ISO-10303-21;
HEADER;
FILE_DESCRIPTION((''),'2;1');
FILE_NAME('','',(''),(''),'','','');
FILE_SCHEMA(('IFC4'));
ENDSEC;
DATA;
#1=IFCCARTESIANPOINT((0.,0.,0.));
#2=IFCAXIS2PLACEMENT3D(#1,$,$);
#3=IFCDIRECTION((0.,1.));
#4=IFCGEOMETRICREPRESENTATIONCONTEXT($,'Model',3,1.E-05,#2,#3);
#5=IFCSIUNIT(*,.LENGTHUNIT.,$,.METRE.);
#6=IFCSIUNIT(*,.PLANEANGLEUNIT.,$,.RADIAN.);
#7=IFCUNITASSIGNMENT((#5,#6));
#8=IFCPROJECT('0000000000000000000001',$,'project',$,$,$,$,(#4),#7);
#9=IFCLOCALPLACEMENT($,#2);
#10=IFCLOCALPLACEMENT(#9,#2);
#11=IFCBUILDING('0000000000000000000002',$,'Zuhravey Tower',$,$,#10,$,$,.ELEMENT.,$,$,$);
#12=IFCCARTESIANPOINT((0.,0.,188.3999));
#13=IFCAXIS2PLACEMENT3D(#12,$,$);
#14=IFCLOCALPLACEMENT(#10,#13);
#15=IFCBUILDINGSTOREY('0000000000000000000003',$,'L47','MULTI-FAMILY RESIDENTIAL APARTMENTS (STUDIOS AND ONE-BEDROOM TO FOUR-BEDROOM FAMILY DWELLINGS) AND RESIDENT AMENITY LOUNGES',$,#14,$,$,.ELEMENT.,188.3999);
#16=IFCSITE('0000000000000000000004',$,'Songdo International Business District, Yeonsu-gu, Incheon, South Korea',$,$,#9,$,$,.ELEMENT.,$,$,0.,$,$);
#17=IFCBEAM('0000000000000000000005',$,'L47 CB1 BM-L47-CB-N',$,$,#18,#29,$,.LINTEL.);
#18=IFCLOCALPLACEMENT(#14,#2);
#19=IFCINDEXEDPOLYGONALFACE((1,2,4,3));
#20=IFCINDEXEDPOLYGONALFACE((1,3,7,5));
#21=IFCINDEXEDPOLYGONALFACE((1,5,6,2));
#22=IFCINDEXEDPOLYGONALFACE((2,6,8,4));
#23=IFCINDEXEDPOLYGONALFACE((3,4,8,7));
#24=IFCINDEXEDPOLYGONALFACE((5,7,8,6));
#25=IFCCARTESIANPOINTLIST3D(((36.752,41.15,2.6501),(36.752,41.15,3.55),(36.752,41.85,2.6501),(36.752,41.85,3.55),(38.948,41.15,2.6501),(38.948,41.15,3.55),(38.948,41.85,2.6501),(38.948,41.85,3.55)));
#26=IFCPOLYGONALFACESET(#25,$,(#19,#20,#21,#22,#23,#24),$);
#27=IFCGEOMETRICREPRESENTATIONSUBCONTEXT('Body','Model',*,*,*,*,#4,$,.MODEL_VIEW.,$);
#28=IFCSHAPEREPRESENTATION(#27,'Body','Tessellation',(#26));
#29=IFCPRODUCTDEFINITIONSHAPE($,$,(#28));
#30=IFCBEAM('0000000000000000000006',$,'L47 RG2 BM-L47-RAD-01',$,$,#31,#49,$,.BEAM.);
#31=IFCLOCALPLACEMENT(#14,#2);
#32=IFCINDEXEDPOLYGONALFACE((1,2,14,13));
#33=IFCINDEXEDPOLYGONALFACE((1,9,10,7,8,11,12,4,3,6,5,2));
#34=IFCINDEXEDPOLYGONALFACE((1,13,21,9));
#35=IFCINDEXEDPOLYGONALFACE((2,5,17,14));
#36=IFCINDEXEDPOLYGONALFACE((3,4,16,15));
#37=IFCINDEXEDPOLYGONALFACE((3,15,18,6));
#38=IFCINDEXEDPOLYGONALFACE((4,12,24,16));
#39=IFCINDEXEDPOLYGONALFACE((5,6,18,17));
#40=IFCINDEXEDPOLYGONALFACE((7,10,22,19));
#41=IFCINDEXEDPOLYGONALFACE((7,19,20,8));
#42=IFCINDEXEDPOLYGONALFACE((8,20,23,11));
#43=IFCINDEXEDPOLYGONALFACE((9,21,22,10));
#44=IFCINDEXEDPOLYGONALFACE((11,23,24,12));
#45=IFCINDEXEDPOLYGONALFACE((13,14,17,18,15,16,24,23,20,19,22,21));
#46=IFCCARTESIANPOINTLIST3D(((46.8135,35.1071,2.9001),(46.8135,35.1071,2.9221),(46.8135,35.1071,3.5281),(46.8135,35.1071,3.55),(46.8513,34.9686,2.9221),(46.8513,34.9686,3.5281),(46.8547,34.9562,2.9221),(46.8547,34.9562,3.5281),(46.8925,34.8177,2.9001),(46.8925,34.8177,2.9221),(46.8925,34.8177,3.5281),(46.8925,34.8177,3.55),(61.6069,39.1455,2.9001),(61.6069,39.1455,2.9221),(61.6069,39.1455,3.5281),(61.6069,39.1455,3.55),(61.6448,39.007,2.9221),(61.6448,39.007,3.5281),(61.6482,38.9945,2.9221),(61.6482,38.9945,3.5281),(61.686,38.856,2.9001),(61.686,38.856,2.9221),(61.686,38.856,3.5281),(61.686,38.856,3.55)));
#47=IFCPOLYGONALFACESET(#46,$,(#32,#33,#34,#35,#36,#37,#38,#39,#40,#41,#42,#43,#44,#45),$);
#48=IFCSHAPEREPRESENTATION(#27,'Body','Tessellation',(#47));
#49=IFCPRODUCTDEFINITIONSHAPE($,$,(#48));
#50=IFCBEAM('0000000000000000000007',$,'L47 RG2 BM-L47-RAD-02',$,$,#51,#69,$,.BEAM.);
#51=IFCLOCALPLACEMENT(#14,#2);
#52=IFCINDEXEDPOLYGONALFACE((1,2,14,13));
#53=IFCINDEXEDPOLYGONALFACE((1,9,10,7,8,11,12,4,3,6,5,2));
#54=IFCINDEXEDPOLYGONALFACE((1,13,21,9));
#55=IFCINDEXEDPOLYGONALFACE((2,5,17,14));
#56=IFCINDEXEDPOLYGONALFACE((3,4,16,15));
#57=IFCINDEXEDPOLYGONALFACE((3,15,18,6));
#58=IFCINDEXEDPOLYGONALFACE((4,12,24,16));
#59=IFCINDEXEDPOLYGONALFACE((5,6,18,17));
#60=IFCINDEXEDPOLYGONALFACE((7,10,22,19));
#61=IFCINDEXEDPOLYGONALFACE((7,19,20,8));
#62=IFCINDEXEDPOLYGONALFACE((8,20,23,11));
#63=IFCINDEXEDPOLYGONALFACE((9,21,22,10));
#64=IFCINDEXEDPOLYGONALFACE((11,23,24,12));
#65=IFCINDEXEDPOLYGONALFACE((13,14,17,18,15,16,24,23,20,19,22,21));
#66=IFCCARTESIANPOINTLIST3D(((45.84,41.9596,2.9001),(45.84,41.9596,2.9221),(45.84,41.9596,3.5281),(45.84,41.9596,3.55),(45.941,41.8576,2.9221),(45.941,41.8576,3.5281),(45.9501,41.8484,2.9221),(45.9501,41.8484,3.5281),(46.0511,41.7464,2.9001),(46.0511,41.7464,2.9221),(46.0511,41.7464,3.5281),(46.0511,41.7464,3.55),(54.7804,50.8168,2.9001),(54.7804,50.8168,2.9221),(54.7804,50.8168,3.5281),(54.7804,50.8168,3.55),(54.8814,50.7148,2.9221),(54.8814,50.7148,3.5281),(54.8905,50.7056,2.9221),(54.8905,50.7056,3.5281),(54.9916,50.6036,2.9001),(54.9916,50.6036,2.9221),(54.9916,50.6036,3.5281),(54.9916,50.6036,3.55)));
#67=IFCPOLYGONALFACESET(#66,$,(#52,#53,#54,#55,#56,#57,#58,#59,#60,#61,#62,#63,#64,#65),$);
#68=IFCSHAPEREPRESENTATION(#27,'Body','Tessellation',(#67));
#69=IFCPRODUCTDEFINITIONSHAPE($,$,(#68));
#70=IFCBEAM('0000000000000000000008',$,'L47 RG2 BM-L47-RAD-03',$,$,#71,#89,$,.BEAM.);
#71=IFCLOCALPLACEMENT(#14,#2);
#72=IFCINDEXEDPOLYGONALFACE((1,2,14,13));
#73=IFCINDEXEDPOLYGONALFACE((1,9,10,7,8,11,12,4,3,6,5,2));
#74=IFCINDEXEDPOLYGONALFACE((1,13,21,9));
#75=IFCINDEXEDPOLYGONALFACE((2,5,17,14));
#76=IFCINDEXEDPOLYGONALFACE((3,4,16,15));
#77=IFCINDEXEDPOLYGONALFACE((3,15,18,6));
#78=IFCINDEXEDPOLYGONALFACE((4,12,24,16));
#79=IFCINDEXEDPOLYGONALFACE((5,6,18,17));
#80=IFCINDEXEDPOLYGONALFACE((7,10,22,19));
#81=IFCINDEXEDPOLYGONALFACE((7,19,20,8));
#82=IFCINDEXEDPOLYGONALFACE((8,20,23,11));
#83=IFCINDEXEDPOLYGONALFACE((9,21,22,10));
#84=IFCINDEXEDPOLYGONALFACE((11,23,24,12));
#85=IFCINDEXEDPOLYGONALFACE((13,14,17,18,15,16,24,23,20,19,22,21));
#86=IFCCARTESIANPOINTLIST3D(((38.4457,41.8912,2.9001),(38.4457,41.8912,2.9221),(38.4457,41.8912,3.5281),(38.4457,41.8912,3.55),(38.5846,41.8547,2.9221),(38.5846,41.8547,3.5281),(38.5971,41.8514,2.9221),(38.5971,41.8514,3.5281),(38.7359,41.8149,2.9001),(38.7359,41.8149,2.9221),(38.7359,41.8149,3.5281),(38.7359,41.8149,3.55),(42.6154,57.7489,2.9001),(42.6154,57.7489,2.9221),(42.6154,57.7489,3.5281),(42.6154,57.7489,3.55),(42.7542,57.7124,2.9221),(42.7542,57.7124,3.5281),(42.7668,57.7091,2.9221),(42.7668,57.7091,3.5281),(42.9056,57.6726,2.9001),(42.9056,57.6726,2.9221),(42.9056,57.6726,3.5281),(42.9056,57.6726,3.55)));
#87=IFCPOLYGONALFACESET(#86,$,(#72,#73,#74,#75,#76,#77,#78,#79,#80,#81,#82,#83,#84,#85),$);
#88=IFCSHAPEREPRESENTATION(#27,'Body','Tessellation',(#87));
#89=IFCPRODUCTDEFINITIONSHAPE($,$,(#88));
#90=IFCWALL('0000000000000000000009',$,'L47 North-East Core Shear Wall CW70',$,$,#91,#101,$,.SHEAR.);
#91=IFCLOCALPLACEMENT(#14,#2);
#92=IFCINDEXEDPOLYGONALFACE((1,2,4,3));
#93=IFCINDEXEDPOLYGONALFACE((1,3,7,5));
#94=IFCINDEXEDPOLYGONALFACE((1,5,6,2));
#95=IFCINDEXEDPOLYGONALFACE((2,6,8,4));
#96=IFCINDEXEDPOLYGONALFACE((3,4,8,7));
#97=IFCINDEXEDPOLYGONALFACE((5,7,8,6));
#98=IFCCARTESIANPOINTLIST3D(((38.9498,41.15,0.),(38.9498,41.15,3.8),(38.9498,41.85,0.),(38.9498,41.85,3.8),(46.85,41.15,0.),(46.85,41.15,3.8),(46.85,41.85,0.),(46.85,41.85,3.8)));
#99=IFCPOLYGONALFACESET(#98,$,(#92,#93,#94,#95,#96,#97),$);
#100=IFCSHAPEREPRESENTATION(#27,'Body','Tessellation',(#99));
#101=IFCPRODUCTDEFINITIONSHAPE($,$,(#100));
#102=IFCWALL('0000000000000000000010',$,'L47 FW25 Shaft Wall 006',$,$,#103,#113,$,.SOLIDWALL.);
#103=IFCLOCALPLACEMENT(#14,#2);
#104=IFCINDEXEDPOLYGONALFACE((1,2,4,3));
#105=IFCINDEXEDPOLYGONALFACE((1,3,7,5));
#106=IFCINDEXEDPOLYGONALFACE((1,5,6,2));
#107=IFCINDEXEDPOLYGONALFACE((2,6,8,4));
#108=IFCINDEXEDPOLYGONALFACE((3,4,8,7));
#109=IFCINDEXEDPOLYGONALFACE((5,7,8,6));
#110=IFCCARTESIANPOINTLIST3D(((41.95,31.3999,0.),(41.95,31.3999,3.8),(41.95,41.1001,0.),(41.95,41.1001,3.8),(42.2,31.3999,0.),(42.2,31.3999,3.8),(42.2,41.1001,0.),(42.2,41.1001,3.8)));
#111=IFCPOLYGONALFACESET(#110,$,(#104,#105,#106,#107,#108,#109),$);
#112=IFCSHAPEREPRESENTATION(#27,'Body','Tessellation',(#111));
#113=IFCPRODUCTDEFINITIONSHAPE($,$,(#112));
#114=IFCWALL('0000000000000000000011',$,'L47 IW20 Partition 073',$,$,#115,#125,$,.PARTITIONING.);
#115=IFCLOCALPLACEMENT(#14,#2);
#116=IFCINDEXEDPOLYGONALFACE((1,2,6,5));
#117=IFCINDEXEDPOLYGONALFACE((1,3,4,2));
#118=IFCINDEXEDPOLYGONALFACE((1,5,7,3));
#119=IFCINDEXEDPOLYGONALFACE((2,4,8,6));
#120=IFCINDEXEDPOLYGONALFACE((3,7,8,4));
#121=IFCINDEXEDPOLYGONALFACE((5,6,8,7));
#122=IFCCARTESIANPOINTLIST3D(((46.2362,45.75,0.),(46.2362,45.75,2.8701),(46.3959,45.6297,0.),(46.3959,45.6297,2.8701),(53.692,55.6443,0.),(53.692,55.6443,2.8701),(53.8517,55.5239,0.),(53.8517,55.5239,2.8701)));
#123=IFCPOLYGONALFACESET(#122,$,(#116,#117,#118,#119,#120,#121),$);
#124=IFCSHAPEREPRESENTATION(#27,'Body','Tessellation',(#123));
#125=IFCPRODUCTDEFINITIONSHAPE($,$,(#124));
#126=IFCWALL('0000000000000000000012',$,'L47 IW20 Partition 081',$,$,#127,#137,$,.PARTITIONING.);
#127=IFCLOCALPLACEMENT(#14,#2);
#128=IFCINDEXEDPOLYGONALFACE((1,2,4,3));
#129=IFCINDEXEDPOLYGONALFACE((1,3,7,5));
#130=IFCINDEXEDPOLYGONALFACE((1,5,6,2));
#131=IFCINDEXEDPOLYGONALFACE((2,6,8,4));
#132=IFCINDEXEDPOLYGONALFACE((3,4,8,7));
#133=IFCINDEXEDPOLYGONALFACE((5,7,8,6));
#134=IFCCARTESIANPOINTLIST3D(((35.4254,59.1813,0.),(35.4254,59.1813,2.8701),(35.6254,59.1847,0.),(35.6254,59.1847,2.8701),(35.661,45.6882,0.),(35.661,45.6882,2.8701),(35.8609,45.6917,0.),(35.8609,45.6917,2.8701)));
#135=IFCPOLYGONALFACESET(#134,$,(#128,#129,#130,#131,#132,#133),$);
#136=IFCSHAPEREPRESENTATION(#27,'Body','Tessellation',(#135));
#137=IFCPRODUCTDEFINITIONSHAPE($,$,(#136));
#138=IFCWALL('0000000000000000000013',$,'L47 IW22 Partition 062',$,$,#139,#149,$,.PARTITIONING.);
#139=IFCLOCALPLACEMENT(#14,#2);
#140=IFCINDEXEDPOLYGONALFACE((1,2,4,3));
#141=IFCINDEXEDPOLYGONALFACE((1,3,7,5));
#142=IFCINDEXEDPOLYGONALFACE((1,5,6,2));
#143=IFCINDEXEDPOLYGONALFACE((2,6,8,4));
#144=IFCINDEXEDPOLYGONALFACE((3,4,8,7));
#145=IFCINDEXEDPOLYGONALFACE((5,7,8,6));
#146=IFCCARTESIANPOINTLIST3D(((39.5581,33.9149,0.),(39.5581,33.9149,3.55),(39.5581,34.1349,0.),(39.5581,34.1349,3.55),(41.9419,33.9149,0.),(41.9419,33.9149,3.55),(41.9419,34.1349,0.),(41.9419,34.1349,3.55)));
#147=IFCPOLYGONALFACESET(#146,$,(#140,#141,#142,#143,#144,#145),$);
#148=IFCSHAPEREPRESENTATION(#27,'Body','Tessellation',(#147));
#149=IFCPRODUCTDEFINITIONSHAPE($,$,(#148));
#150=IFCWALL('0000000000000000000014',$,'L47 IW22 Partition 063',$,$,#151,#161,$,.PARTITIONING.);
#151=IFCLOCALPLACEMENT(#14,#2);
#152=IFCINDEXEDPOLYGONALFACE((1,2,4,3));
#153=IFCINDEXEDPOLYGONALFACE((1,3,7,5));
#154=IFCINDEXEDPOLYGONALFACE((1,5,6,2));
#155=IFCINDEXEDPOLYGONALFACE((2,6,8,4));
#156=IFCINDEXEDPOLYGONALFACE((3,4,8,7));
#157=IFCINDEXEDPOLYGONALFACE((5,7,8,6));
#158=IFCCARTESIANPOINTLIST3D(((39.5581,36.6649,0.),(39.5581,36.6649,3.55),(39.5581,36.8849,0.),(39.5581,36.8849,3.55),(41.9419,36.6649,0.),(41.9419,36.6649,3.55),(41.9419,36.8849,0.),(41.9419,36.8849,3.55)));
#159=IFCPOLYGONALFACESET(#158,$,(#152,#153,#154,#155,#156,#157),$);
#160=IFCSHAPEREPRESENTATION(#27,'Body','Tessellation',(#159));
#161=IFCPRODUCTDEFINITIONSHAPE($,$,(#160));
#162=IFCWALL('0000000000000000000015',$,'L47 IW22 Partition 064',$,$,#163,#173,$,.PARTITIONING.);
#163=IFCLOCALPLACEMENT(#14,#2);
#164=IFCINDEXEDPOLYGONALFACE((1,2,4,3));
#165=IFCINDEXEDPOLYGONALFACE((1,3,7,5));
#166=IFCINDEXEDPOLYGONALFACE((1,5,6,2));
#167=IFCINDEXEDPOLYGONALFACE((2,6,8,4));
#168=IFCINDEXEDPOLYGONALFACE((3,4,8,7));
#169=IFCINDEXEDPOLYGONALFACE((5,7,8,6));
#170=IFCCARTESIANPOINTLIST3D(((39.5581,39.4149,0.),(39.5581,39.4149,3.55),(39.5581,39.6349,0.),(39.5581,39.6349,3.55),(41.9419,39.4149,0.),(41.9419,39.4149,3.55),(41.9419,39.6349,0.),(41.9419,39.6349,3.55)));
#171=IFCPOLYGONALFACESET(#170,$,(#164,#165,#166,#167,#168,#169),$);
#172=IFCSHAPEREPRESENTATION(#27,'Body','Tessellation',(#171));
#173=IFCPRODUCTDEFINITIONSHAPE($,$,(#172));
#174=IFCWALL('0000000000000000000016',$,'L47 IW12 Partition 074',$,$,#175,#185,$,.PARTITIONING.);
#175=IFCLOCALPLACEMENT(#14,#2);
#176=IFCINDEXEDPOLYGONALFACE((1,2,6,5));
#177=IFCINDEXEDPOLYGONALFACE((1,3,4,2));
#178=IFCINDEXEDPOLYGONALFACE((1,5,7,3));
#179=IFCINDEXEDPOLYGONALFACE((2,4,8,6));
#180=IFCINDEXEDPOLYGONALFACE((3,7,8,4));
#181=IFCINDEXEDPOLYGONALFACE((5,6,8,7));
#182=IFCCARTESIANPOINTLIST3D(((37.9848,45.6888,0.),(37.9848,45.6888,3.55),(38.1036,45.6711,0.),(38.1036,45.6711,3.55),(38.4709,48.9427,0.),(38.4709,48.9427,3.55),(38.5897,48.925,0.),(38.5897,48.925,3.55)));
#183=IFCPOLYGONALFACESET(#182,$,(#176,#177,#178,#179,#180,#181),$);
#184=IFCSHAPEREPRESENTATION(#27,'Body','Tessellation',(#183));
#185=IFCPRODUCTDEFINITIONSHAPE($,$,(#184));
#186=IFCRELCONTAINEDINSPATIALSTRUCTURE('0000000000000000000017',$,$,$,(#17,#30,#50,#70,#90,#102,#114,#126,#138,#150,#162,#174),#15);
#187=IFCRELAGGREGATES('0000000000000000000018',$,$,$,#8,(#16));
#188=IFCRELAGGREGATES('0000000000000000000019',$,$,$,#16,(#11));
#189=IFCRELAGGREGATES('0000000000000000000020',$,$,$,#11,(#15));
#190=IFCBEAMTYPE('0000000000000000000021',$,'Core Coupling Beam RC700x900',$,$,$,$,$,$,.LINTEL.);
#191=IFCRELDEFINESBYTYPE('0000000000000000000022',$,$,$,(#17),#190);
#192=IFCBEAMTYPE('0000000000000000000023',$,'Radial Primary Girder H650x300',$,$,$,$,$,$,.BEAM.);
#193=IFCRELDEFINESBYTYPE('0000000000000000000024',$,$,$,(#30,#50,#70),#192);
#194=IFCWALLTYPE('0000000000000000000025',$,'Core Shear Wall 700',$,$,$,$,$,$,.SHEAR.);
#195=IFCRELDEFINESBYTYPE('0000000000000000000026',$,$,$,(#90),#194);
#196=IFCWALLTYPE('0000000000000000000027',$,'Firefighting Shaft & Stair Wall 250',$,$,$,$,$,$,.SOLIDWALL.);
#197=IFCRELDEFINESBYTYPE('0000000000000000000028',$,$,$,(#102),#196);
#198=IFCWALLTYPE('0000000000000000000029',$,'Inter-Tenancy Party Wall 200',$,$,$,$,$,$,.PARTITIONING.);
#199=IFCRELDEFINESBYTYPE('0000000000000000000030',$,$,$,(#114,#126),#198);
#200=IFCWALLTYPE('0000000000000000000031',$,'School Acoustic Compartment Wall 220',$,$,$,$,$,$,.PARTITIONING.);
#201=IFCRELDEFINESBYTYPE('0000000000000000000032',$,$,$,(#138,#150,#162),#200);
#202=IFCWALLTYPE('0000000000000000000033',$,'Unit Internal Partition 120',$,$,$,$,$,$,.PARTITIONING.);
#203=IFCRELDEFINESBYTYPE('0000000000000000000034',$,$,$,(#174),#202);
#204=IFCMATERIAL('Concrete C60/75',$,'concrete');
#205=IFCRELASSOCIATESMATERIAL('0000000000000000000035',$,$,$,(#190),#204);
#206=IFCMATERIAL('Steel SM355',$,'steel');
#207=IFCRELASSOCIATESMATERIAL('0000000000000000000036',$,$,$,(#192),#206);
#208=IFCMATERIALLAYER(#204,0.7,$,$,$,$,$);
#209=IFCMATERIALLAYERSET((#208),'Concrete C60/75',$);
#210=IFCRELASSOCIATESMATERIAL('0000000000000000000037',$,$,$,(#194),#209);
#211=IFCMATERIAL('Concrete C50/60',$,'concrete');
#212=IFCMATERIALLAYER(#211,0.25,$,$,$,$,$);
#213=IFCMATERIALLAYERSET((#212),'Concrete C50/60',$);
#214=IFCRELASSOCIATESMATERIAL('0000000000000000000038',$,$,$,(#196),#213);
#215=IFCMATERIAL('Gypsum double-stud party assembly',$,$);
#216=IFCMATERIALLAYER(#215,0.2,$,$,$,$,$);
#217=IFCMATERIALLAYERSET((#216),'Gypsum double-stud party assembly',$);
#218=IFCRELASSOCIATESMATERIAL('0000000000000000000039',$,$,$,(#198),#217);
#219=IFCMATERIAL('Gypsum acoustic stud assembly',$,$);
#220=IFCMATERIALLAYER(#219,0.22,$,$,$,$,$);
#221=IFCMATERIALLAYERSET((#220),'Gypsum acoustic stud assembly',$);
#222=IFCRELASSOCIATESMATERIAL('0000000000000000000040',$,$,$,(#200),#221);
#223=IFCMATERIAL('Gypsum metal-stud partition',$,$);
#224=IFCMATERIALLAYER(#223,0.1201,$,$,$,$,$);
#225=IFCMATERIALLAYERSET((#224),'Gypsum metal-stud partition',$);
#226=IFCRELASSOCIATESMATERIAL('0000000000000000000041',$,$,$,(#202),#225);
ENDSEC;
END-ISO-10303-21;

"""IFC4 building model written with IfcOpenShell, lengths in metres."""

from ifc_helpers import new_model, si_unit, direction, frame, frame_2d, origin, origin_2d, place, context, subcontext, project, spatial, rectangle, i_section, extrude, material, layer, layer_set, material_profile, profile_set, type_object, element, save


model = new_model("IFC4")

# Units and contexts
model_context = context("Model", 3, precision=1e-05, world=origin(), true_north=direction((0.0, 1.0)))
body_context = subcontext(model_context, "Body", "Model", "MODEL_VIEW")
ifc_project = project(units=[si_unit("LENGTHUNIT", "METRE"), si_unit("PLANEANGLEUNIT", "RADIAN")], contexts=[model_context])

# Site, building, storey
site_placement = place(None, origin())
site = spatial("IfcSite", under=ifc_project, at=site_placement, Name="Songdo International Business District, Yeonsu-gu, Incheon, South Korea", CompositionType="ELEMENT", RefElevation=0.0)
building_placement = place(site_placement, origin())
building = spatial("IfcBuilding", under=site, at=building_placement, Name="Zuhravey Tower", CompositionType="ELEMENT")
storey_placement = place(building_placement, frame((0.0, 0.0, 188.3999)))
storey = spatial("IfcBuildingStorey", under=building, at=storey_placement, Name="L47", Description="MULTI-FAMILY RESIDENTIAL APARTMENTS (STUDIOS AND ONE-BEDROOM TO FOUR-BEDROOM FAMILY DWELLINGS) AND RESIDENT AMENITY LOUNGES", CompositionType="ELEMENT", Elevation=188.3999)

# Beams
ifc_material_1 = material(Name="Concrete C60/75", Category="concrete")
ifc_material_profile_1 = material_profile(ifc_material_1, rectangle(XDim=0.7, YDim=0.8999, at=origin_2d()), Name="RC-700x900")
ifc_profile_set_1 = profile_set([ifc_material_profile_1], Name="Concrete C60/75")
beam_type_1 = type_object("IfcBeamType", Name="Core Coupling Beam RC700x900", PredefinedType="LINTEL", material=ifc_profile_set_1)
beam_1_placement = place(storey_placement, frame((36.752, 41.5, 3.1001), z_axis=(1.0, 0.0, 0.0), x_axis=(0.0, 1.0, 0.0)))
element("IfcBeam", 1, at=beam_1_placement, inside=storey, type_object=beam_type_1, Name="L47 CB1 BM-L47-CB-N", PredefinedType="LINTEL", context=body_context, shape_type="SweptSolid", body=[
    extrude(rectangle(XDim=0.7, YDim=0.8999, at=origin_2d()), origin(), (0.0, 0.0, 1.0), 2.196),
])
ifc_material_2 = material(Name="Steel SM355", Category="steel")
ifc_material_profile_2 = material_profile(ifc_material_2, i_section(OverallWidth=0.3, OverallDepth=0.6499, WebThickness=0.0129, FlangeThickness=0.022, at=origin_2d()), Name="H-650x300x13x22")
ifc_profile_set_2 = profile_set([ifc_material_profile_2], Name="Steel SM355")
beam_type_2 = type_object("IfcBeamType", Name="Radial Primary Girder H650x300", PredefinedType="BEAM", material=ifc_profile_set_2)
beam_2_placement = place(storey_placement, frame((46.853, 34.9624, 3.2251), z_axis=(0.964702, 0.263345, 0.0), x_axis=(-0.263345, 0.964702, 0.0)))
element("IfcBeam", 2, at=beam_2_placement, inside=storey, type_object=beam_type_2, Name="L47 RG2 BM-L47-RAD-01", PredefinedType="BEAM", context=body_context, shape_type="SweptSolid", body=[
    extrude(i_section(OverallWidth=0.3, OverallDepth=0.6499, WebThickness=0.0129, FlangeThickness=0.022, at=origin_2d()), origin(), (0.0, 0.0, 1.0), 15.3347),
])
beam_3_placement = place(storey_placement, frame((45.9456, 41.853, 3.2251), z_axis=(0.710407, 0.703791, 0.0), x_axis=(-0.703791, 0.710407, 0.0)))
element("IfcBeam", 3, at=beam_3_placement, inside=storey, type_object=beam_type_2, Name="L47 RG2 BM-L47-RAD-02", PredefinedType="BEAM", context=body_context, shape_type="SweptSolid", body=[
    extrude(i_section(OverallWidth=0.3, OverallDepth=0.6499, WebThickness=0.0129, FlangeThickness=0.022, at=origin_2d()), origin(), (0.0, 0.0, 1.0), 12.585),
])
beam_4_placement = place(storey_placement, frame((38.5908, 41.853, 3.2251), z_axis=(0.2543, 0.967125, 0.0), x_axis=(-0.967125, 0.2543, 0.0)))
element("IfcBeam", 4, at=beam_4_placement, inside=storey, type_object=beam_type_2, Name="L47 RG2 BM-L47-RAD-03", PredefinedType="BEAM", context=body_context, shape_type="SweptSolid", body=[
    extrude(i_section(OverallWidth=0.3, OverallDepth=0.6499, WebThickness=0.0129, FlangeThickness=0.022, at=origin_2d()), origin(), (0.0, 0.0, 1.0), 16.3967),
])

# Wall
ifc_layer_1 = layer(ifc_material_1, 0.7)
ifc_layer_set_1 = layer_set([ifc_layer_1], Name="Concrete C60/75")
wall_type_1 = type_object("IfcWallType", Name="Core Shear Wall 700", PredefinedType="SHEAR", material=ifc_layer_set_1)
wall_1_placement = place(storey_placement, frame((46.8501, 41.5, 0.0), z_axis=(0.0, 0.0, 1.0), x_axis=(-1.0, 0.0, 0.0)))
element("IfcWall", 5, at=wall_1_placement, inside=storey, type_object=wall_type_1, Name="L47 North-East Core Shear Wall CW70", PredefinedType="SHEAR", context=body_context, shape_type="SweptSolid", body=[
    extrude(rectangle(XDim=7.9001, YDim=0.7, at=frame_2d((3.9502, 0.0))), origin(), (0.0, 0.0, 1.0), 3.8),
])

# Shared definitions
ifc_material_3 = material(Name="Concrete C50/60", Category="concrete")
ifc_layer_2 = layer(ifc_material_3, 0.25)
ifc_layer_set_2 = layer_set([ifc_layer_2], Name="Concrete C50/60")
wall_type_2 = type_object("IfcWallType", Name="Firefighting Shaft & Stair Wall 250", PredefinedType="SOLIDWALL", material=ifc_layer_set_2)

# Walls
wall_2_placement = place(storey_placement, frame((42.075, 31.3999, 0.0), z_axis=(0.0, 0.0, 1.0), x_axis=(0.0, 1.0, 0.0)))
element("IfcWall", 6, at=wall_2_placement, inside=storey, type_object=wall_type_2, Name="L47 FW25 Shaft Wall 006", PredefinedType="SOLIDWALL", context=body_context, shape_type="SweptSolid", body=[
    extrude(rectangle(XDim=9.7002, YDim=0.25, at=frame_2d((4.8501, 0.0))), origin(), (0.0, 0.0, 1.0), 3.8),
])
ifc_material_4 = material(Name="Gypsum double-stud party assembly")
ifc_layer_3 = layer(ifc_material_4, 0.2)
ifc_layer_set_3 = layer_set([ifc_layer_3], Name="Gypsum double-stud party assembly")
wall_type_3 = type_object("IfcWallType", Name="Inter-Tenancy Party Wall 200", PredefinedType="PARTITIONING", material=ifc_layer_set_3)
wall_3_placement = place(storey_placement, frame((46.3162, 45.6899, 0.0), z_axis=(0.0, 0.0, 1.0), x_axis=(0.601811, 0.798638, 0.0)))
element("IfcWall", 7, at=wall_3_placement, inside=storey, type_object=wall_type_3, Name="L47 IW20 Partition 073", PredefinedType="PARTITIONING", context=body_context, shape_type="SweptSolid", body=[
    extrude(rectangle(XDim=12.3889, YDim=0.2, at=frame_2d((6.1943, 0.0))), origin(), (0.0, 0.0, 1.0), 2.8701),
])
wall_4_placement = place(storey_placement, frame((35.761, 45.6899, 0.0), z_axis=(0.0, 0.0, 1.0), x_axis=(-0.017458, 0.999848, 0.0)))
element("IfcWall", 8, at=wall_4_placement, inside=storey, type_object=wall_type_3, Name="L47 IW20 Partition 081", PredefinedType="PARTITIONING", context=body_context, shape_type="SweptSolid", body=[
    extrude(rectangle(XDim=13.4951, YDim=0.2, at=frame_2d((6.7476, 0.0))), origin(), (0.0, 0.0, 1.0), 2.8701),
])
ifc_material_5 = material(Name="Gypsum acoustic stud assembly")
ifc_layer_4 = layer(ifc_material_5, 0.22)
ifc_layer_set_4 = layer_set([ifc_layer_4], Name="Gypsum acoustic stud assembly")
wall_type_4 = type_object("IfcWallType", Name="School Acoustic Compartment Wall 220", PredefinedType="PARTITIONING", material=ifc_layer_set_4)
for number, where, z_axis, x_axis, name in (
    (9, (39.5581, 34.0249, 0.0), (0.0, 0.0, 1.0), (1.0, 0.0, 0.0), "L47 IW22 Partition 062"),
    (10, (39.5581, 36.7749, 0.0), (0.0, 0.0, 1.0), (1.0, 0.0, 0.0), "L47 IW22 Partition 063"),
    (11, (39.5581, 39.5249, 0.0), (0.0, 0.0, 1.0), (1.0, 0.0, 0.0), "L47 IW22 Partition 064"),
):
    element("IfcWall", number, at=place(storey_placement, frame(where, z_axis=z_axis, x_axis=x_axis)), inside=storey, type_object=wall_type_4, Name=name, PredefinedType="PARTITIONING", context=body_context, shape_type="SweptSolid", body=[
        extrude(rectangle(XDim=2.3838, YDim=0.22, at=frame_2d((1.1919, 0.0))), origin(), (0.0, 0.0, 1.0), 3.55),
    ])
ifc_material_6 = material(Name="Gypsum metal-stud partition")
ifc_layer_5 = layer(ifc_material_6, 0.1201)
ifc_layer_set_5 = layer_set([ifc_layer_5], Name="Gypsum metal-stud partition")
wall_type_5 = type_object("IfcWallType", Name="Unit Internal Partition 120", PredefinedType="PARTITIONING", material=ifc_layer_set_5)
wall_5_placement = place(storey_placement, frame((38.0442, 45.6799, 0.0), z_axis=(0.0, 0.0, 1.0), x_axis=(0.147745, 0.989025, 0.0)))
element("IfcWall", 12, at=wall_5_placement, inside=storey, type_object=wall_type_5, Name="L47 IW12 Partition 074", PredefinedType="PARTITIONING", context=body_context, shape_type="SweptSolid", body=[
    extrude(rectangle(XDim=3.29, YDim=0.1201, at=frame_2d((1.645, 0.0))), origin(), (0.0, 0.0, 1.0), 3.55),
])

save(model, "model.ifc")
